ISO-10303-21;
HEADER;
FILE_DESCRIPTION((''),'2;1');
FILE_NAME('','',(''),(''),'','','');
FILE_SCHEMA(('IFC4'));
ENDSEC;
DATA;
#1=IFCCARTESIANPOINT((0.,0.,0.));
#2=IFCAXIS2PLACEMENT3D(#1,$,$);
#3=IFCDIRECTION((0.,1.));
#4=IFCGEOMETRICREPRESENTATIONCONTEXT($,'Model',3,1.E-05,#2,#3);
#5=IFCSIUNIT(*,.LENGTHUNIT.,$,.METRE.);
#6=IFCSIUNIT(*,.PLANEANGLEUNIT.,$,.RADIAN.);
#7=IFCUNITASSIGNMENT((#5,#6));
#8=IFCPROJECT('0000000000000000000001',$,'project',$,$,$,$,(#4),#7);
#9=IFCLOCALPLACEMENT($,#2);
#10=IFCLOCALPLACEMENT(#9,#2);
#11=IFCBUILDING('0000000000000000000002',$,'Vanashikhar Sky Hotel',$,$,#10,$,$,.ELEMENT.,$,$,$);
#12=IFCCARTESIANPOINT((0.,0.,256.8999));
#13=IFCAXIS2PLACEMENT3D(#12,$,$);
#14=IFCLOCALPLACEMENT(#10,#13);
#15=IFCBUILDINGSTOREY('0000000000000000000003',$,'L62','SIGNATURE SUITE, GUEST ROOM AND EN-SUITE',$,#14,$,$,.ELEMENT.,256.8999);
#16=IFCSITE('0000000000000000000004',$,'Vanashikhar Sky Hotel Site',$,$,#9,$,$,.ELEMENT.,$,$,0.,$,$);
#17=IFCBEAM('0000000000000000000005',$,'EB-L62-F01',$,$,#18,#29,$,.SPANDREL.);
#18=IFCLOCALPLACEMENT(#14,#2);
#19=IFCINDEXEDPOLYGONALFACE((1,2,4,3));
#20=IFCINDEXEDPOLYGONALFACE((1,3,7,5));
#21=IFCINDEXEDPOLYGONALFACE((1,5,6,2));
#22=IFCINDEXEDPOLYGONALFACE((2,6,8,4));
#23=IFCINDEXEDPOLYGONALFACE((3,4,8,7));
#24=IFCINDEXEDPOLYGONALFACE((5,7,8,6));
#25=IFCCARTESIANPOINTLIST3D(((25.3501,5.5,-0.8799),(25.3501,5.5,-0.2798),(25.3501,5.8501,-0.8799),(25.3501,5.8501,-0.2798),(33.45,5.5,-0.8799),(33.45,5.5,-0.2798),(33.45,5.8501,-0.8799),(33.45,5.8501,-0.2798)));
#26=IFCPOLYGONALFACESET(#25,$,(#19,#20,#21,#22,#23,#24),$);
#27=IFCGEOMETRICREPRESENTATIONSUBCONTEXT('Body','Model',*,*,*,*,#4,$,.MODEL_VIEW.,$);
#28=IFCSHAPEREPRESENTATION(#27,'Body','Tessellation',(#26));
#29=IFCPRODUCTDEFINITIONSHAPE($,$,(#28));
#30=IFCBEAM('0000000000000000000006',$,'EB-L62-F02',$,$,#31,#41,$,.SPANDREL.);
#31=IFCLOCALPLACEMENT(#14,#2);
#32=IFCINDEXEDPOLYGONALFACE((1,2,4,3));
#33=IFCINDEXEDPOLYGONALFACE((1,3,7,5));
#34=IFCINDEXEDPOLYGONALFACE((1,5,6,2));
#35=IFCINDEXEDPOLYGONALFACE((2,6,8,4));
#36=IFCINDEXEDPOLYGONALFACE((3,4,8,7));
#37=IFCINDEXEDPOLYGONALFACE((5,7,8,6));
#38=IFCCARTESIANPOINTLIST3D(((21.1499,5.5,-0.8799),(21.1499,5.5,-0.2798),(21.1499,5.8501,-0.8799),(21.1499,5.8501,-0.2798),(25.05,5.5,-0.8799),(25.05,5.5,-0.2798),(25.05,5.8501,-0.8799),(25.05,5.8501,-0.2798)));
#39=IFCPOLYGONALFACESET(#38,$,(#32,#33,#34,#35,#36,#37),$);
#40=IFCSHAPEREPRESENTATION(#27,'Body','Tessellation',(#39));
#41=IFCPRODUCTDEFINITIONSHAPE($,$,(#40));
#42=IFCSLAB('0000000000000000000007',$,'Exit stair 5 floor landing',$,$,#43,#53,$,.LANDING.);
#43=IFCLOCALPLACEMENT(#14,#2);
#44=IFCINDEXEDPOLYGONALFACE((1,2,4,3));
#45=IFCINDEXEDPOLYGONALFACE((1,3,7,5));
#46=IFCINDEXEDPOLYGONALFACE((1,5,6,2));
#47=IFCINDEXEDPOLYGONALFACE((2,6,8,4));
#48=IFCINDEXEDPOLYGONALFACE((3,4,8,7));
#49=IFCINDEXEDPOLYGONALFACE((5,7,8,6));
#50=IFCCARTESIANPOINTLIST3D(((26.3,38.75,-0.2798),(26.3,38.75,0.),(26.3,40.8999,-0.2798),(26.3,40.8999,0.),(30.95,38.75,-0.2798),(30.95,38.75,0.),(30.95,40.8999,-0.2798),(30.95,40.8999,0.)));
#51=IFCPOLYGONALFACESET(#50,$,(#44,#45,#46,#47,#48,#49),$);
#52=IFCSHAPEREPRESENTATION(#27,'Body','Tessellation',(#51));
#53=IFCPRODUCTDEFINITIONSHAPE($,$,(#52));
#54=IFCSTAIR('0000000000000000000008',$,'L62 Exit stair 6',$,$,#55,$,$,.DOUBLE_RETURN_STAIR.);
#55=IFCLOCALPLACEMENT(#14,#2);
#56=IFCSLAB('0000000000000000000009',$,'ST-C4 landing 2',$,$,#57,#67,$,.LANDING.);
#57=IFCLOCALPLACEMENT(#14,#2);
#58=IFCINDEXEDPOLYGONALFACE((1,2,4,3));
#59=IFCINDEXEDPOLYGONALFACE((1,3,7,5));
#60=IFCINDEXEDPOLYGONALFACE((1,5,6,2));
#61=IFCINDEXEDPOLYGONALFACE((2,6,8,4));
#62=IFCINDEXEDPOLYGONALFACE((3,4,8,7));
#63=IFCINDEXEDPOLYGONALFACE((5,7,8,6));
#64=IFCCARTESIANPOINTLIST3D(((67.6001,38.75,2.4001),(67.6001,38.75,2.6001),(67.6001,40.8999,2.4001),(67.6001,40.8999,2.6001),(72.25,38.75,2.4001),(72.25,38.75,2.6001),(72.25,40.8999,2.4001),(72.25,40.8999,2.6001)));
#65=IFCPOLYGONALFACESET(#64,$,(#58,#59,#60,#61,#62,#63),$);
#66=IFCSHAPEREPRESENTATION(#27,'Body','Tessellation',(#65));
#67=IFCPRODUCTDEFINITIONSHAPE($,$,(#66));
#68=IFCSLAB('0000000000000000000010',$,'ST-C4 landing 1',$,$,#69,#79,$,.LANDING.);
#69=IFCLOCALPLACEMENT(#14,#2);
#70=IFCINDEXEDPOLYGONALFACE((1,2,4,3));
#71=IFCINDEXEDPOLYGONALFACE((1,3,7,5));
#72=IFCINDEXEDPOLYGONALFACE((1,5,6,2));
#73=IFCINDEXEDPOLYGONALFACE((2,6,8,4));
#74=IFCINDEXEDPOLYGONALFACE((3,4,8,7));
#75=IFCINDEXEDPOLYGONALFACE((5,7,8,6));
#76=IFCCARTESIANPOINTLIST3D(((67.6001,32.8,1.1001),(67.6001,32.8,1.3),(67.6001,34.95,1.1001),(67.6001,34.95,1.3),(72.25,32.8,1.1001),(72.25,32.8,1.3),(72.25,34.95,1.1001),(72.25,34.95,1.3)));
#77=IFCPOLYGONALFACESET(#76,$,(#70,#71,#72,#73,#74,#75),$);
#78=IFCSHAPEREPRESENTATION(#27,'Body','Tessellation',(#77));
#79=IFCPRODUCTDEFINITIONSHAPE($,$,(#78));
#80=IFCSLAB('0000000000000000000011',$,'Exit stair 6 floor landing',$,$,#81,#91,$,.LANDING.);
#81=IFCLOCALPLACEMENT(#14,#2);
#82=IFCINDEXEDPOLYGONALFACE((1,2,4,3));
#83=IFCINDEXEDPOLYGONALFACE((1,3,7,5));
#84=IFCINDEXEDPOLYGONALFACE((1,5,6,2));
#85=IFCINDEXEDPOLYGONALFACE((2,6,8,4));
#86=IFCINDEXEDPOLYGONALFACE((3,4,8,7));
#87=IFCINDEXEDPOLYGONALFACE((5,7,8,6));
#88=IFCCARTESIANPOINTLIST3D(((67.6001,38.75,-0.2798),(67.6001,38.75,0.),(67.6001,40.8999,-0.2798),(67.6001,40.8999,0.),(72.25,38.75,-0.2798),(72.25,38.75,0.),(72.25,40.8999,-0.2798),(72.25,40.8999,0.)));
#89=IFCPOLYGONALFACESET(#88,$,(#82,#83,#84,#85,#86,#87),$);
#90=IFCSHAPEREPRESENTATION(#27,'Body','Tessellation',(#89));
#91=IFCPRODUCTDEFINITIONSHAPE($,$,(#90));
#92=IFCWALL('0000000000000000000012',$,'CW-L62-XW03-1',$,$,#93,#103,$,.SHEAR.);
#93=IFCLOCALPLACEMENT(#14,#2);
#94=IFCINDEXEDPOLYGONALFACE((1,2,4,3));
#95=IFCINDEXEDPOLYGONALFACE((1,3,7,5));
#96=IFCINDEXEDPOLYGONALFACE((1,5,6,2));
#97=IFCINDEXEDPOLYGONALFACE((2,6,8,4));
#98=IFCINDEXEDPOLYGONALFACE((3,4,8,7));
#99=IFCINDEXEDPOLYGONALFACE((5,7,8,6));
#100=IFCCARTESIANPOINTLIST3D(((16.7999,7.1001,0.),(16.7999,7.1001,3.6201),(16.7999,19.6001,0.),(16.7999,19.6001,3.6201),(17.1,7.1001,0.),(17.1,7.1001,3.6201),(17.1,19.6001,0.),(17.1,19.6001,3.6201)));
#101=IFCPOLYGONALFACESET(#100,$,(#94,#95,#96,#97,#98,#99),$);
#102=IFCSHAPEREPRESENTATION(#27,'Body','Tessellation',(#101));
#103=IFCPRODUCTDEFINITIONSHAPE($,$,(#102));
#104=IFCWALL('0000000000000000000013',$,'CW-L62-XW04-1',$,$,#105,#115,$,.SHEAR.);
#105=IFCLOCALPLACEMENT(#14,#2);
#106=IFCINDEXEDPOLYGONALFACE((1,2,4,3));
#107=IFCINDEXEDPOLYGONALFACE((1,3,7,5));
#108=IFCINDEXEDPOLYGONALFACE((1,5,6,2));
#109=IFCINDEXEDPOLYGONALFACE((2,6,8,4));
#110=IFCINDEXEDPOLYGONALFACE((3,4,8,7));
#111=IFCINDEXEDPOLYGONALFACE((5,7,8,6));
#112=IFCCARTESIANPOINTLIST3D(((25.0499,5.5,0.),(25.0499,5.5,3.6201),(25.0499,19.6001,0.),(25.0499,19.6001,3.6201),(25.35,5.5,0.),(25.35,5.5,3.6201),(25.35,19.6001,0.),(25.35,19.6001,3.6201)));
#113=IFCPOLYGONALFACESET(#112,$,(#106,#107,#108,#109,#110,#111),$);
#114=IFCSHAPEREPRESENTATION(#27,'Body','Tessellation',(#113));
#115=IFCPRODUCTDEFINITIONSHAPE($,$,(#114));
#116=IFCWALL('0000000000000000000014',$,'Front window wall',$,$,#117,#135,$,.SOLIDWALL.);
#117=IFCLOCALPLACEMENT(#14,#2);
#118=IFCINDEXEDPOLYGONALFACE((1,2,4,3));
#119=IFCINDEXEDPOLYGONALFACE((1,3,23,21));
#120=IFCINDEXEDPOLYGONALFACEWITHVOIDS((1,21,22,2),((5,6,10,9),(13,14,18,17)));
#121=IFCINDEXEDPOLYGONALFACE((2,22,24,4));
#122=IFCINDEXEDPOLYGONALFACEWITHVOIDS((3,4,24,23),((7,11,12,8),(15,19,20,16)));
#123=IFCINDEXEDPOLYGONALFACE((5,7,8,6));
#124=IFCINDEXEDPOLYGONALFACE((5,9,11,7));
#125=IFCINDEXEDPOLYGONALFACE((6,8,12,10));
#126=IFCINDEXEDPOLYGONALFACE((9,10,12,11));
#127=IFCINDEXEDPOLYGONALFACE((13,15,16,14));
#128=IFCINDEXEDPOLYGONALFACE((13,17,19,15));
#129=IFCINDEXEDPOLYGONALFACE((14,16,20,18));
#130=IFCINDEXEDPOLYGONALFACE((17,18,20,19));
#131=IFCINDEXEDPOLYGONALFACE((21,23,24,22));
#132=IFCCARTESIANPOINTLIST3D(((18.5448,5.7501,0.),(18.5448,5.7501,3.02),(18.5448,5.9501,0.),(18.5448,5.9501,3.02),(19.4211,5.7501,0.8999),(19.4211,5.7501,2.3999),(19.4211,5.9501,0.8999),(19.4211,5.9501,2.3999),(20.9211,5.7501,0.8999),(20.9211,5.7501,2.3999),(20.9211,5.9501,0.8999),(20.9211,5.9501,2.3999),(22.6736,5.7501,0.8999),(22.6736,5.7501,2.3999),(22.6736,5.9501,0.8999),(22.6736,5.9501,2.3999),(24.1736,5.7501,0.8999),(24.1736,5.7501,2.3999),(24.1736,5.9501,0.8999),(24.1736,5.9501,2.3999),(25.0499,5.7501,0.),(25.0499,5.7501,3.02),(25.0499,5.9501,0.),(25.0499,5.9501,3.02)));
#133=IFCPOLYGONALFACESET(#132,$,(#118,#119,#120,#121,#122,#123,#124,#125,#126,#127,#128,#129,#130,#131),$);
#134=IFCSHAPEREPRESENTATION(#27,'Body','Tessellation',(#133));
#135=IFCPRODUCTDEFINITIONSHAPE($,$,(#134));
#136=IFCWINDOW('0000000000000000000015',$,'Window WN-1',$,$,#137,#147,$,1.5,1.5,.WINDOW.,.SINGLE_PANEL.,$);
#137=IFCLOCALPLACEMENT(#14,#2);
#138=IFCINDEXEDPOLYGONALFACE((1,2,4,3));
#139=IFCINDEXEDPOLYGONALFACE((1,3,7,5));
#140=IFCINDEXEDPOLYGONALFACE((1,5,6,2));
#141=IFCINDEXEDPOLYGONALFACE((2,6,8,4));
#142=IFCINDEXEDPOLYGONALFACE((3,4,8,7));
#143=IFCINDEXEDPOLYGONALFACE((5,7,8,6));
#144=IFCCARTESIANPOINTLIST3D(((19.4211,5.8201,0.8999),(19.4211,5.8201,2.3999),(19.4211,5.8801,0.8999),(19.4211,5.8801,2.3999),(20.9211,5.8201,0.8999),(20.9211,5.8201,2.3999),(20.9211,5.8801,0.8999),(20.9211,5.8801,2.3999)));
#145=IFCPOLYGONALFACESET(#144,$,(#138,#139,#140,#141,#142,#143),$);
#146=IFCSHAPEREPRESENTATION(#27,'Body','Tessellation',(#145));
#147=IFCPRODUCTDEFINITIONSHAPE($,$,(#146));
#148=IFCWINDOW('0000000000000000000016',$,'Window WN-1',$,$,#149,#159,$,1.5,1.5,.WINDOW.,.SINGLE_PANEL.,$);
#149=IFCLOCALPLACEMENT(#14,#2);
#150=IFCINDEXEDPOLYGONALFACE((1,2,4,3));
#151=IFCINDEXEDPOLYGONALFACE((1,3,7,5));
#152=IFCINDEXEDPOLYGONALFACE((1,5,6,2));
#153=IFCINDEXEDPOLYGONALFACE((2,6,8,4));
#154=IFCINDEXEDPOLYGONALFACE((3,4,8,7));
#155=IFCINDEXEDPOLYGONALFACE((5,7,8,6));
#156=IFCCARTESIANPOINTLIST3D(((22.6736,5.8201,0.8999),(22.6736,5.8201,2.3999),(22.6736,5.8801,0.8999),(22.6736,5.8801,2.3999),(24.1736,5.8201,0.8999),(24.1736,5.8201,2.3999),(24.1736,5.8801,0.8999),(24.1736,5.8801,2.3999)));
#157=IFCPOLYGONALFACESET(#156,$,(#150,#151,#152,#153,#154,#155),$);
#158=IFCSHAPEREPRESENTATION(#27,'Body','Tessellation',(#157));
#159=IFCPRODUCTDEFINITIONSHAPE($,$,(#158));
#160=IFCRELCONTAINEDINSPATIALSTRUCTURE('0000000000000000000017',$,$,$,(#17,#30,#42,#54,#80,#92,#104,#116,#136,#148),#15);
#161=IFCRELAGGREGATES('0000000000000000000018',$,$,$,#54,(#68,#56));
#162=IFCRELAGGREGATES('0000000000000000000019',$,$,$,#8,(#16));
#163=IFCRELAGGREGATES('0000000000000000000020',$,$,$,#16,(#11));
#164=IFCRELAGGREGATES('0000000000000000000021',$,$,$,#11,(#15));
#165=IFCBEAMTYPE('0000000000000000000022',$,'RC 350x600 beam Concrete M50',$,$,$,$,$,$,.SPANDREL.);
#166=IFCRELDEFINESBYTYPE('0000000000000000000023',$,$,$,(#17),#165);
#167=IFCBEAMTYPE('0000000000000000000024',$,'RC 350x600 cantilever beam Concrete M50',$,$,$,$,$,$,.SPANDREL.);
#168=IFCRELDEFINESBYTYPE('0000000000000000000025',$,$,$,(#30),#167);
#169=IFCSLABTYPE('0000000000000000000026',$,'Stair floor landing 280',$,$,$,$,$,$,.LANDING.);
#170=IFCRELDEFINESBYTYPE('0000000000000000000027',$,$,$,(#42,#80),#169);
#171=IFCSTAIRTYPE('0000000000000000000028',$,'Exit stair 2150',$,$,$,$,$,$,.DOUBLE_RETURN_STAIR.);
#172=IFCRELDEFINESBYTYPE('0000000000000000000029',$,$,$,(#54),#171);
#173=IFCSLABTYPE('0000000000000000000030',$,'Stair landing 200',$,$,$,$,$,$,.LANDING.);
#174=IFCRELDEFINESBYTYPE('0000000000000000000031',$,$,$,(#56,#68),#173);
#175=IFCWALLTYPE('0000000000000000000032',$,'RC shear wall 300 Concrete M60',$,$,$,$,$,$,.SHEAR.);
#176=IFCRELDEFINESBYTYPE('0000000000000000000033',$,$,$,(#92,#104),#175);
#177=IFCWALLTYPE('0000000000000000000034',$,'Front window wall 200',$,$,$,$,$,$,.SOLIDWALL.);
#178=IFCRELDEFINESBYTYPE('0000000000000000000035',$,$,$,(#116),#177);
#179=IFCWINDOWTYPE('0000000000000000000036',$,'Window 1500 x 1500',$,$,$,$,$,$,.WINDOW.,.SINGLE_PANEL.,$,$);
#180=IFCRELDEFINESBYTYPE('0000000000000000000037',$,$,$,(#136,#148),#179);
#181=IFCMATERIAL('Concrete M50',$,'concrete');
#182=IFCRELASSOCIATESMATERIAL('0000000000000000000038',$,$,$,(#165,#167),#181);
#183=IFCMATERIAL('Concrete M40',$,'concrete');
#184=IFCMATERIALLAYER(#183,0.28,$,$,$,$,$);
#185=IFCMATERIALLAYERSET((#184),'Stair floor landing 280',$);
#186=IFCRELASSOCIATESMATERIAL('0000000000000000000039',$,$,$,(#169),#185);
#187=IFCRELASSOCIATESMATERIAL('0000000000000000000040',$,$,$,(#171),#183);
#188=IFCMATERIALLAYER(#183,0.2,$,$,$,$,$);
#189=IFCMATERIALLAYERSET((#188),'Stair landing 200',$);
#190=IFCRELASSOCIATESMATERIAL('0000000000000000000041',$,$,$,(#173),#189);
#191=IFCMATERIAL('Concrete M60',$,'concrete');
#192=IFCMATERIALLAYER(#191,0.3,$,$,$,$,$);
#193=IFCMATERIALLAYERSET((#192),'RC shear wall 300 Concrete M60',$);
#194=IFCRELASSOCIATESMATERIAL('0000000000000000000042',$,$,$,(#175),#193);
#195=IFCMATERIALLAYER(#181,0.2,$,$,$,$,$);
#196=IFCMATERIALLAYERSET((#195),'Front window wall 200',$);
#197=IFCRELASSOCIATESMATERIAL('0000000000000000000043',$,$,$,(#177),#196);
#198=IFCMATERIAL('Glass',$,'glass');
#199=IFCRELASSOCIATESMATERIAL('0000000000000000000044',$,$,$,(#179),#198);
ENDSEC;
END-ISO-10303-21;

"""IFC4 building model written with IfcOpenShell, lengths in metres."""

from ifc_helpers import new_model, si_unit, direction, frame, frame_2d, origin, origin_2d, place, context, subcontext, project, spatial, polyline, rectangle, outline, extrude, source, transform, mapped, material, layer, layer_set, material_profile, profile_set, type_object, element, fill, aggregate, save


model = new_model("IFC4")

# Units and contexts
model_context = context("Model", 3, precision=1e-05, world=origin(), true_north=direction((0.0, 1.0)))
body_context = subcontext(model_context, "Body", "Model", "MODEL_VIEW")
ifc_project = project(units=[si_unit("LENGTHUNIT", "METRE"), si_unit("PLANEANGLEUNIT", "RADIAN")], contexts=[model_context])

# Site, building, storey
site_placement = place(None, origin())
site = spatial("IfcSite", under=ifc_project, at=site_placement, Name="Vanashikhar Sky Hotel Site", CompositionType="ELEMENT", RefElevation=0.0)
building_placement = place(site_placement, origin())
building = spatial("IfcBuilding", under=site, at=building_placement, Name="Vanashikhar Sky Hotel", CompositionType="ELEMENT")
storey_placement = place(building_placement, frame((0.0, 0.0, 256.8999)))
storey = spatial("IfcBuildingStorey", under=building, at=storey_placement, Name="L62", Description="SIGNATURE SUITE, GUEST ROOM AND EN-SUITE", CompositionType="ELEMENT", Elevation=256.8999)

# Beams
ifc_material_1 = material(Name="Concrete M50", Category="concrete")
ifc_material_profile_1 = material_profile(ifc_material_1, rectangle(XDim=0.3501, YDim=0.6001, at=origin_2d()))
ifc_profile_set_1 = profile_set([ifc_material_profile_1], Name="RC 350x600 beam Concrete M50")
beam_type_1 = type_object("IfcBeamType", Name="RC 350x600 beam Concrete M50", PredefinedType="SPANDREL", material=ifc_profile_set_1)
shared_shape_1 = source(origin(), body_context, "Body", "SweptSolid", [
    extrude(rectangle(XDim=0.3501, YDim=0.6001, at=origin_2d()), origin(), (0.0, 0.0, 1.0), 8.0999),
])
beam_1_placement = place(storey_placement, frame((25.3501, 5.675, -0.5798), z_axis=(1.0, 0.0, 0.0), x_axis=(0.0, 1.0, 0.0)))
element("IfcBeam", 1, at=beam_1_placement, inside=storey, type_object=beam_type_1, Name="EB-L62-F01", PredefinedType="SPANDREL", context=body_context, shape_type="MappedRepresentation", body=[
    mapped(shared_shape_1, transform((0.0, 0.0, 0.0), scale=1.0)),
])
ifc_material_profile_2 = material_profile(ifc_material_1, rectangle(XDim=0.3501, YDim=0.6001, at=origin_2d()))
ifc_profile_set_2 = profile_set([ifc_material_profile_2], Name="RC 350x600 cantilever beam Concrete M50")
beam_type_2 = type_object("IfcBeamType", Name="RC 350x600 cantilever beam Concrete M50", PredefinedType="SPANDREL", material=ifc_profile_set_2)
shared_shape_2 = source(origin(), body_context, "Body", "SweptSolid", [
    extrude(rectangle(XDim=0.3501, YDim=0.6001, at=origin_2d()), origin(), (0.0, 0.0, 1.0), 3.9001),
])
beam_2_placement = place(storey_placement, frame((21.1499, 5.675, -0.5798), z_axis=(1.0, 0.0, 0.0), x_axis=(0.0, 1.0, 0.0)))
element("IfcBeam", 2, at=beam_2_placement, inside=storey, type_object=beam_type_2, Name="EB-L62-F02", PredefinedType="SPANDREL", context=body_context, shape_type="MappedRepresentation", body=[
    mapped(shared_shape_2, transform((0.0, 0.0, 0.0), scale=1.0)),
])

# Slab
ifc_material_2 = material(Name="Concrete M40", Category="concrete")
ifc_layer_1 = layer(ifc_material_2, 0.28)
ifc_layer_set_1 = layer_set([ifc_layer_1], Name="Stair floor landing 280")
slab_type_1 = type_object("IfcSlabType", Name="Stair floor landing 280", PredefinedType="LANDING", material=ifc_layer_set_1)
shared_shape_3 = source(origin(), body_context, "Body", "SweptSolid", [
    extrude(outline(polyline([(30.95, 38.75), (30.95, 40.8999), (26.3, 40.8999), (26.3, 38.75), (30.95, 38.75)])), origin(), (0.0, 0.0, 1.0), 0.2798),
])
slab_1_placement = place(storey_placement, frame((0.0, 0.0, -0.2798)))
element("IfcSlab", 3, at=slab_1_placement, inside=storey, type_object=slab_type_1, Name="Exit stair 5 floor landing", PredefinedType="LANDING", context=body_context, shape_type="MappedRepresentation", body=[
    mapped(shared_shape_3, transform((0.0, 0.0, 0.0), scale=1.0)),
])

# Stair, slabs
stair_type = type_object("IfcStairType", Name="Exit stair 2150", PredefinedType="DOUBLE_RETURN_STAIR", material=ifc_material_2)
stair_placement = place(storey_placement, origin())
stair = element("IfcStair", 4, at=stair_placement, inside=storey, type_object=stair_type, Name="L62 Exit stair 6", PredefinedType="DOUBLE_RETURN_STAIR")
ifc_layer_2 = layer(ifc_material_2, 0.2)
ifc_layer_set_2 = layer_set([ifc_layer_2], Name="Stair landing 200")
slab_type_2 = type_object("IfcSlabType", Name="Stair landing 200", PredefinedType="LANDING", material=ifc_layer_set_2)
shared_shape_4 = source(origin(), body_context, "Body", "SweptSolid", [
    extrude(outline(polyline([(72.25, 38.75), (72.25, 40.8999), (67.6001, 40.8999), (67.6001, 38.75), (72.25, 38.75)])), origin(), (0.0, 0.0, 1.0), 0.2),
])
slab_2_placement = place(storey_placement, frame((0.0, 0.0, 2.4001)))
slab_2 = element("IfcSlab", 5, at=slab_2_placement, type_object=slab_type_2, Name="ST-C4 landing 2", PredefinedType="LANDING", context=body_context, shape_type="MappedRepresentation", body=[
    mapped(shared_shape_4, transform((0.0, 0.0, 0.0), scale=1.0)),
])
shared_shape_5 = source(origin(), body_context, "Body", "SweptSolid", [
    extrude(outline(polyline([(72.25, 32.8), (72.25, 34.95), (67.6001, 34.95), (67.6001, 32.8), (72.25, 32.8)])), origin(), (0.0, 0.0, 1.0), 0.2),
])
slab_3_placement = place(storey_placement, frame((0.0, 0.0, 1.1001)))
slab_3 = element("IfcSlab", 6, at=slab_3_placement, type_object=slab_type_2, Name="ST-C4 landing 1", PredefinedType="LANDING", context=body_context, shape_type="MappedRepresentation", body=[
    mapped(shared_shape_5, transform((0.0, 0.0, 0.0), scale=1.0)),
])
aggregate(stair, [slab_3, slab_2])

# Slab
shared_shape_6 = source(origin(), body_context, "Body", "SweptSolid", [
    extrude(outline(polyline([(72.25, 38.75), (72.25, 40.8999), (67.6001, 40.8999), (67.6001, 38.75), (72.25, 38.75)])), origin(), (0.0, 0.0, 1.0), 0.2798),
])
slab_4_placement = place(storey_placement, frame((0.0, 0.0, -0.2798)))
element("IfcSlab", 7, at=slab_4_placement, inside=storey, type_object=slab_type_1, Name="Exit stair 6 floor landing", PredefinedType="LANDING", context=body_context, shape_type="MappedRepresentation", body=[
    mapped(shared_shape_6, transform((0.0, 0.0, 0.0), scale=1.0)),
])

# Walls
ifc_material_3 = material(Name="Concrete M60", Category="concrete")
ifc_layer_3 = layer(ifc_material_3, 0.3)
ifc_layer_set_3 = layer_set([ifc_layer_3], Name="RC shear wall 300 Concrete M60")
wall_type_1 = type_object("IfcWallType", Name="RC shear wall 300 Concrete M60", PredefinedType="SHEAR", material=ifc_layer_set_3)
shared_shape_7 = source(origin(), body_context, "Body", "SweptSolid", [
    extrude(rectangle(XDim=12.5, YDim=0.3, at=frame_2d((6.25, 0.0))), origin(), (0.0, 0.0, 1.0), 3.6201),
])
wall_1_placement = place(storey_placement, frame((16.95, 7.1001, 0.0), z_axis=(0.0, 0.0, 1.0), x_axis=(0.0, 1.0, 0.0)))
element("IfcWall", 8, at=wall_1_placement, inside=storey, type_object=wall_type_1, Name="CW-L62-XW03-1", PredefinedType="SHEAR", context=body_context, shape_type="MappedRepresentation", body=[
    mapped(shared_shape_7, transform((0.0, 0.0, 0.0), scale=1.0)),
])
shared_shape_8 = source(origin(), body_context, "Body", "SweptSolid", [
    extrude(rectangle(XDim=14.1001, YDim=0.3, at=frame_2d((7.05, 0.0))), origin(), (0.0, 0.0, 1.0), 3.6201),
])
wall_2_placement = place(storey_placement, frame((25.2, 5.5, 0.0), z_axis=(0.0, 0.0, 1.0), x_axis=(0.0, 1.0, 0.0)))
element("IfcWall", 9, at=wall_2_placement, inside=storey, type_object=wall_type_1, Name="CW-L62-XW04-1", PredefinedType="SHEAR", context=body_context, shape_type="MappedRepresentation", body=[
    mapped(shared_shape_8, transform((0.0, 0.0, 0.0), scale=1.0)),
])

# Wall, openings, windows
ifc_layer_4 = layer(ifc_material_1, 0.2)
ifc_layer_set_4 = layer_set([ifc_layer_4], Name="Front window wall 200")
wall_type_2 = type_object("IfcWallType", Name="Front window wall 200", PredefinedType="SOLIDWALL", material=ifc_layer_set_4)
shared_shape_9 = source(origin(), body_context, "Body", "SweptSolid", [
    extrude(rectangle(XDim=6.5051, YDim=0.2, at=frame_2d((3.2524, 0.0))), origin(), (0.0, 0.0, 1.0), 3.02),
])
wall_3_placement = place(storey_placement, frame((18.5449, 5.8501, 0.0), z_axis=(0.0, 0.0, 1.0), x_axis=(1.0, 0.0, 0.0)))
wall_3 = element("IfcWall", 10, at=wall_3_placement, inside=storey, type_object=wall_type_2, Name="Front window wall", PredefinedType="SOLIDWALL", context=body_context, shape_type="MappedRepresentation", body=[
    mapped(shared_shape_9, transform((0.0, 0.0, 0.0), scale=1.0)),
])
shared_shape_10 = source(origin(), body_context, "Body", "SweptSolid", [
    extrude(rectangle(XDim=1.5, YDim=1.5, at=frame_2d((0.75, 0.75))), frame((0.0, 0.1099, 0.0), z_axis=(0.0, -1.0, 0.0), x_axis=(1.0, 0.0, 0.0)), (0.0, 0.0, 1.0), 0.22),
])
opening_1_placement = place(wall_3_placement, frame((0.8762, 0.0, 0.8999)))
opening_1 = element("IfcOpeningElement", 11, at=opening_1_placement, cuts=wall_3, PredefinedType="OPENING", context=body_context, shape_type="MappedRepresentation", body=[
    mapped(shared_shape_10, transform((0.0, 0.0, 0.0), scale=1.0)),
])
opening_2_placement = place(wall_3_placement, frame((4.1287, 0.0, 0.8999)))
opening_2 = element("IfcOpeningElement", 12, at=opening_2_placement, cuts=wall_3, PredefinedType="OPENING", context=body_context, shape_type="MappedRepresentation", body=[
    mapped(shared_shape_10, transform((0.0, 0.0, 0.0), scale=1.0)),
])
ifc_material_4 = material(Name="Glass", Category="glass")
window_type_1 = type_object("IfcWindowType", Name="Window 1500 x 1500", PartitioningType="SINGLE_PANEL", PredefinedType="WINDOW", material=ifc_material_4)
shared_shape_11 = source(origin(), body_context, "Body", "SweptSolid", [
    extrude(rectangle(XDim=1.5, YDim=1.5, at=frame_2d((0.75, 0.75))), frame((0.0, 0.03, 0.0), z_axis=(0.0, -1.0, 0.0), x_axis=(1.0, 0.0, 0.0)), (0.0, 0.0, 1.0), 0.0601),
])
window_1_placement = place(opening_1_placement, origin())
window_1 = element("IfcWindow", 13, at=window_1_placement, inside=storey, type_object=window_type_1, Name="Window WN-1", OverallHeight=1.5, OverallWidth=1.5, PartitioningType="SINGLE_PANEL", PredefinedType="WINDOW", context=body_context, shape_type="MappedRepresentation", body=[
    mapped(shared_shape_11, transform((0.0, 0.0, 0.0), scale=1.0)),
])
fill(opening_1, window_1)
window_2_placement = place(opening_2_placement, origin())
window_2 = element("IfcWindow", 14, at=window_2_placement, inside=storey, type_object=window_type_1, Name="Window WN-1", OverallHeight=1.5, OverallWidth=1.5, PartitioningType="SINGLE_PANEL", PredefinedType="WINDOW", context=body_context, shape_type="MappedRepresentation", body=[
    mapped(shared_shape_11, transform((0.0, 0.0, 0.0), scale=1.0)),
])
fill(opening_2, window_2)

save(model, "model.ifc")
